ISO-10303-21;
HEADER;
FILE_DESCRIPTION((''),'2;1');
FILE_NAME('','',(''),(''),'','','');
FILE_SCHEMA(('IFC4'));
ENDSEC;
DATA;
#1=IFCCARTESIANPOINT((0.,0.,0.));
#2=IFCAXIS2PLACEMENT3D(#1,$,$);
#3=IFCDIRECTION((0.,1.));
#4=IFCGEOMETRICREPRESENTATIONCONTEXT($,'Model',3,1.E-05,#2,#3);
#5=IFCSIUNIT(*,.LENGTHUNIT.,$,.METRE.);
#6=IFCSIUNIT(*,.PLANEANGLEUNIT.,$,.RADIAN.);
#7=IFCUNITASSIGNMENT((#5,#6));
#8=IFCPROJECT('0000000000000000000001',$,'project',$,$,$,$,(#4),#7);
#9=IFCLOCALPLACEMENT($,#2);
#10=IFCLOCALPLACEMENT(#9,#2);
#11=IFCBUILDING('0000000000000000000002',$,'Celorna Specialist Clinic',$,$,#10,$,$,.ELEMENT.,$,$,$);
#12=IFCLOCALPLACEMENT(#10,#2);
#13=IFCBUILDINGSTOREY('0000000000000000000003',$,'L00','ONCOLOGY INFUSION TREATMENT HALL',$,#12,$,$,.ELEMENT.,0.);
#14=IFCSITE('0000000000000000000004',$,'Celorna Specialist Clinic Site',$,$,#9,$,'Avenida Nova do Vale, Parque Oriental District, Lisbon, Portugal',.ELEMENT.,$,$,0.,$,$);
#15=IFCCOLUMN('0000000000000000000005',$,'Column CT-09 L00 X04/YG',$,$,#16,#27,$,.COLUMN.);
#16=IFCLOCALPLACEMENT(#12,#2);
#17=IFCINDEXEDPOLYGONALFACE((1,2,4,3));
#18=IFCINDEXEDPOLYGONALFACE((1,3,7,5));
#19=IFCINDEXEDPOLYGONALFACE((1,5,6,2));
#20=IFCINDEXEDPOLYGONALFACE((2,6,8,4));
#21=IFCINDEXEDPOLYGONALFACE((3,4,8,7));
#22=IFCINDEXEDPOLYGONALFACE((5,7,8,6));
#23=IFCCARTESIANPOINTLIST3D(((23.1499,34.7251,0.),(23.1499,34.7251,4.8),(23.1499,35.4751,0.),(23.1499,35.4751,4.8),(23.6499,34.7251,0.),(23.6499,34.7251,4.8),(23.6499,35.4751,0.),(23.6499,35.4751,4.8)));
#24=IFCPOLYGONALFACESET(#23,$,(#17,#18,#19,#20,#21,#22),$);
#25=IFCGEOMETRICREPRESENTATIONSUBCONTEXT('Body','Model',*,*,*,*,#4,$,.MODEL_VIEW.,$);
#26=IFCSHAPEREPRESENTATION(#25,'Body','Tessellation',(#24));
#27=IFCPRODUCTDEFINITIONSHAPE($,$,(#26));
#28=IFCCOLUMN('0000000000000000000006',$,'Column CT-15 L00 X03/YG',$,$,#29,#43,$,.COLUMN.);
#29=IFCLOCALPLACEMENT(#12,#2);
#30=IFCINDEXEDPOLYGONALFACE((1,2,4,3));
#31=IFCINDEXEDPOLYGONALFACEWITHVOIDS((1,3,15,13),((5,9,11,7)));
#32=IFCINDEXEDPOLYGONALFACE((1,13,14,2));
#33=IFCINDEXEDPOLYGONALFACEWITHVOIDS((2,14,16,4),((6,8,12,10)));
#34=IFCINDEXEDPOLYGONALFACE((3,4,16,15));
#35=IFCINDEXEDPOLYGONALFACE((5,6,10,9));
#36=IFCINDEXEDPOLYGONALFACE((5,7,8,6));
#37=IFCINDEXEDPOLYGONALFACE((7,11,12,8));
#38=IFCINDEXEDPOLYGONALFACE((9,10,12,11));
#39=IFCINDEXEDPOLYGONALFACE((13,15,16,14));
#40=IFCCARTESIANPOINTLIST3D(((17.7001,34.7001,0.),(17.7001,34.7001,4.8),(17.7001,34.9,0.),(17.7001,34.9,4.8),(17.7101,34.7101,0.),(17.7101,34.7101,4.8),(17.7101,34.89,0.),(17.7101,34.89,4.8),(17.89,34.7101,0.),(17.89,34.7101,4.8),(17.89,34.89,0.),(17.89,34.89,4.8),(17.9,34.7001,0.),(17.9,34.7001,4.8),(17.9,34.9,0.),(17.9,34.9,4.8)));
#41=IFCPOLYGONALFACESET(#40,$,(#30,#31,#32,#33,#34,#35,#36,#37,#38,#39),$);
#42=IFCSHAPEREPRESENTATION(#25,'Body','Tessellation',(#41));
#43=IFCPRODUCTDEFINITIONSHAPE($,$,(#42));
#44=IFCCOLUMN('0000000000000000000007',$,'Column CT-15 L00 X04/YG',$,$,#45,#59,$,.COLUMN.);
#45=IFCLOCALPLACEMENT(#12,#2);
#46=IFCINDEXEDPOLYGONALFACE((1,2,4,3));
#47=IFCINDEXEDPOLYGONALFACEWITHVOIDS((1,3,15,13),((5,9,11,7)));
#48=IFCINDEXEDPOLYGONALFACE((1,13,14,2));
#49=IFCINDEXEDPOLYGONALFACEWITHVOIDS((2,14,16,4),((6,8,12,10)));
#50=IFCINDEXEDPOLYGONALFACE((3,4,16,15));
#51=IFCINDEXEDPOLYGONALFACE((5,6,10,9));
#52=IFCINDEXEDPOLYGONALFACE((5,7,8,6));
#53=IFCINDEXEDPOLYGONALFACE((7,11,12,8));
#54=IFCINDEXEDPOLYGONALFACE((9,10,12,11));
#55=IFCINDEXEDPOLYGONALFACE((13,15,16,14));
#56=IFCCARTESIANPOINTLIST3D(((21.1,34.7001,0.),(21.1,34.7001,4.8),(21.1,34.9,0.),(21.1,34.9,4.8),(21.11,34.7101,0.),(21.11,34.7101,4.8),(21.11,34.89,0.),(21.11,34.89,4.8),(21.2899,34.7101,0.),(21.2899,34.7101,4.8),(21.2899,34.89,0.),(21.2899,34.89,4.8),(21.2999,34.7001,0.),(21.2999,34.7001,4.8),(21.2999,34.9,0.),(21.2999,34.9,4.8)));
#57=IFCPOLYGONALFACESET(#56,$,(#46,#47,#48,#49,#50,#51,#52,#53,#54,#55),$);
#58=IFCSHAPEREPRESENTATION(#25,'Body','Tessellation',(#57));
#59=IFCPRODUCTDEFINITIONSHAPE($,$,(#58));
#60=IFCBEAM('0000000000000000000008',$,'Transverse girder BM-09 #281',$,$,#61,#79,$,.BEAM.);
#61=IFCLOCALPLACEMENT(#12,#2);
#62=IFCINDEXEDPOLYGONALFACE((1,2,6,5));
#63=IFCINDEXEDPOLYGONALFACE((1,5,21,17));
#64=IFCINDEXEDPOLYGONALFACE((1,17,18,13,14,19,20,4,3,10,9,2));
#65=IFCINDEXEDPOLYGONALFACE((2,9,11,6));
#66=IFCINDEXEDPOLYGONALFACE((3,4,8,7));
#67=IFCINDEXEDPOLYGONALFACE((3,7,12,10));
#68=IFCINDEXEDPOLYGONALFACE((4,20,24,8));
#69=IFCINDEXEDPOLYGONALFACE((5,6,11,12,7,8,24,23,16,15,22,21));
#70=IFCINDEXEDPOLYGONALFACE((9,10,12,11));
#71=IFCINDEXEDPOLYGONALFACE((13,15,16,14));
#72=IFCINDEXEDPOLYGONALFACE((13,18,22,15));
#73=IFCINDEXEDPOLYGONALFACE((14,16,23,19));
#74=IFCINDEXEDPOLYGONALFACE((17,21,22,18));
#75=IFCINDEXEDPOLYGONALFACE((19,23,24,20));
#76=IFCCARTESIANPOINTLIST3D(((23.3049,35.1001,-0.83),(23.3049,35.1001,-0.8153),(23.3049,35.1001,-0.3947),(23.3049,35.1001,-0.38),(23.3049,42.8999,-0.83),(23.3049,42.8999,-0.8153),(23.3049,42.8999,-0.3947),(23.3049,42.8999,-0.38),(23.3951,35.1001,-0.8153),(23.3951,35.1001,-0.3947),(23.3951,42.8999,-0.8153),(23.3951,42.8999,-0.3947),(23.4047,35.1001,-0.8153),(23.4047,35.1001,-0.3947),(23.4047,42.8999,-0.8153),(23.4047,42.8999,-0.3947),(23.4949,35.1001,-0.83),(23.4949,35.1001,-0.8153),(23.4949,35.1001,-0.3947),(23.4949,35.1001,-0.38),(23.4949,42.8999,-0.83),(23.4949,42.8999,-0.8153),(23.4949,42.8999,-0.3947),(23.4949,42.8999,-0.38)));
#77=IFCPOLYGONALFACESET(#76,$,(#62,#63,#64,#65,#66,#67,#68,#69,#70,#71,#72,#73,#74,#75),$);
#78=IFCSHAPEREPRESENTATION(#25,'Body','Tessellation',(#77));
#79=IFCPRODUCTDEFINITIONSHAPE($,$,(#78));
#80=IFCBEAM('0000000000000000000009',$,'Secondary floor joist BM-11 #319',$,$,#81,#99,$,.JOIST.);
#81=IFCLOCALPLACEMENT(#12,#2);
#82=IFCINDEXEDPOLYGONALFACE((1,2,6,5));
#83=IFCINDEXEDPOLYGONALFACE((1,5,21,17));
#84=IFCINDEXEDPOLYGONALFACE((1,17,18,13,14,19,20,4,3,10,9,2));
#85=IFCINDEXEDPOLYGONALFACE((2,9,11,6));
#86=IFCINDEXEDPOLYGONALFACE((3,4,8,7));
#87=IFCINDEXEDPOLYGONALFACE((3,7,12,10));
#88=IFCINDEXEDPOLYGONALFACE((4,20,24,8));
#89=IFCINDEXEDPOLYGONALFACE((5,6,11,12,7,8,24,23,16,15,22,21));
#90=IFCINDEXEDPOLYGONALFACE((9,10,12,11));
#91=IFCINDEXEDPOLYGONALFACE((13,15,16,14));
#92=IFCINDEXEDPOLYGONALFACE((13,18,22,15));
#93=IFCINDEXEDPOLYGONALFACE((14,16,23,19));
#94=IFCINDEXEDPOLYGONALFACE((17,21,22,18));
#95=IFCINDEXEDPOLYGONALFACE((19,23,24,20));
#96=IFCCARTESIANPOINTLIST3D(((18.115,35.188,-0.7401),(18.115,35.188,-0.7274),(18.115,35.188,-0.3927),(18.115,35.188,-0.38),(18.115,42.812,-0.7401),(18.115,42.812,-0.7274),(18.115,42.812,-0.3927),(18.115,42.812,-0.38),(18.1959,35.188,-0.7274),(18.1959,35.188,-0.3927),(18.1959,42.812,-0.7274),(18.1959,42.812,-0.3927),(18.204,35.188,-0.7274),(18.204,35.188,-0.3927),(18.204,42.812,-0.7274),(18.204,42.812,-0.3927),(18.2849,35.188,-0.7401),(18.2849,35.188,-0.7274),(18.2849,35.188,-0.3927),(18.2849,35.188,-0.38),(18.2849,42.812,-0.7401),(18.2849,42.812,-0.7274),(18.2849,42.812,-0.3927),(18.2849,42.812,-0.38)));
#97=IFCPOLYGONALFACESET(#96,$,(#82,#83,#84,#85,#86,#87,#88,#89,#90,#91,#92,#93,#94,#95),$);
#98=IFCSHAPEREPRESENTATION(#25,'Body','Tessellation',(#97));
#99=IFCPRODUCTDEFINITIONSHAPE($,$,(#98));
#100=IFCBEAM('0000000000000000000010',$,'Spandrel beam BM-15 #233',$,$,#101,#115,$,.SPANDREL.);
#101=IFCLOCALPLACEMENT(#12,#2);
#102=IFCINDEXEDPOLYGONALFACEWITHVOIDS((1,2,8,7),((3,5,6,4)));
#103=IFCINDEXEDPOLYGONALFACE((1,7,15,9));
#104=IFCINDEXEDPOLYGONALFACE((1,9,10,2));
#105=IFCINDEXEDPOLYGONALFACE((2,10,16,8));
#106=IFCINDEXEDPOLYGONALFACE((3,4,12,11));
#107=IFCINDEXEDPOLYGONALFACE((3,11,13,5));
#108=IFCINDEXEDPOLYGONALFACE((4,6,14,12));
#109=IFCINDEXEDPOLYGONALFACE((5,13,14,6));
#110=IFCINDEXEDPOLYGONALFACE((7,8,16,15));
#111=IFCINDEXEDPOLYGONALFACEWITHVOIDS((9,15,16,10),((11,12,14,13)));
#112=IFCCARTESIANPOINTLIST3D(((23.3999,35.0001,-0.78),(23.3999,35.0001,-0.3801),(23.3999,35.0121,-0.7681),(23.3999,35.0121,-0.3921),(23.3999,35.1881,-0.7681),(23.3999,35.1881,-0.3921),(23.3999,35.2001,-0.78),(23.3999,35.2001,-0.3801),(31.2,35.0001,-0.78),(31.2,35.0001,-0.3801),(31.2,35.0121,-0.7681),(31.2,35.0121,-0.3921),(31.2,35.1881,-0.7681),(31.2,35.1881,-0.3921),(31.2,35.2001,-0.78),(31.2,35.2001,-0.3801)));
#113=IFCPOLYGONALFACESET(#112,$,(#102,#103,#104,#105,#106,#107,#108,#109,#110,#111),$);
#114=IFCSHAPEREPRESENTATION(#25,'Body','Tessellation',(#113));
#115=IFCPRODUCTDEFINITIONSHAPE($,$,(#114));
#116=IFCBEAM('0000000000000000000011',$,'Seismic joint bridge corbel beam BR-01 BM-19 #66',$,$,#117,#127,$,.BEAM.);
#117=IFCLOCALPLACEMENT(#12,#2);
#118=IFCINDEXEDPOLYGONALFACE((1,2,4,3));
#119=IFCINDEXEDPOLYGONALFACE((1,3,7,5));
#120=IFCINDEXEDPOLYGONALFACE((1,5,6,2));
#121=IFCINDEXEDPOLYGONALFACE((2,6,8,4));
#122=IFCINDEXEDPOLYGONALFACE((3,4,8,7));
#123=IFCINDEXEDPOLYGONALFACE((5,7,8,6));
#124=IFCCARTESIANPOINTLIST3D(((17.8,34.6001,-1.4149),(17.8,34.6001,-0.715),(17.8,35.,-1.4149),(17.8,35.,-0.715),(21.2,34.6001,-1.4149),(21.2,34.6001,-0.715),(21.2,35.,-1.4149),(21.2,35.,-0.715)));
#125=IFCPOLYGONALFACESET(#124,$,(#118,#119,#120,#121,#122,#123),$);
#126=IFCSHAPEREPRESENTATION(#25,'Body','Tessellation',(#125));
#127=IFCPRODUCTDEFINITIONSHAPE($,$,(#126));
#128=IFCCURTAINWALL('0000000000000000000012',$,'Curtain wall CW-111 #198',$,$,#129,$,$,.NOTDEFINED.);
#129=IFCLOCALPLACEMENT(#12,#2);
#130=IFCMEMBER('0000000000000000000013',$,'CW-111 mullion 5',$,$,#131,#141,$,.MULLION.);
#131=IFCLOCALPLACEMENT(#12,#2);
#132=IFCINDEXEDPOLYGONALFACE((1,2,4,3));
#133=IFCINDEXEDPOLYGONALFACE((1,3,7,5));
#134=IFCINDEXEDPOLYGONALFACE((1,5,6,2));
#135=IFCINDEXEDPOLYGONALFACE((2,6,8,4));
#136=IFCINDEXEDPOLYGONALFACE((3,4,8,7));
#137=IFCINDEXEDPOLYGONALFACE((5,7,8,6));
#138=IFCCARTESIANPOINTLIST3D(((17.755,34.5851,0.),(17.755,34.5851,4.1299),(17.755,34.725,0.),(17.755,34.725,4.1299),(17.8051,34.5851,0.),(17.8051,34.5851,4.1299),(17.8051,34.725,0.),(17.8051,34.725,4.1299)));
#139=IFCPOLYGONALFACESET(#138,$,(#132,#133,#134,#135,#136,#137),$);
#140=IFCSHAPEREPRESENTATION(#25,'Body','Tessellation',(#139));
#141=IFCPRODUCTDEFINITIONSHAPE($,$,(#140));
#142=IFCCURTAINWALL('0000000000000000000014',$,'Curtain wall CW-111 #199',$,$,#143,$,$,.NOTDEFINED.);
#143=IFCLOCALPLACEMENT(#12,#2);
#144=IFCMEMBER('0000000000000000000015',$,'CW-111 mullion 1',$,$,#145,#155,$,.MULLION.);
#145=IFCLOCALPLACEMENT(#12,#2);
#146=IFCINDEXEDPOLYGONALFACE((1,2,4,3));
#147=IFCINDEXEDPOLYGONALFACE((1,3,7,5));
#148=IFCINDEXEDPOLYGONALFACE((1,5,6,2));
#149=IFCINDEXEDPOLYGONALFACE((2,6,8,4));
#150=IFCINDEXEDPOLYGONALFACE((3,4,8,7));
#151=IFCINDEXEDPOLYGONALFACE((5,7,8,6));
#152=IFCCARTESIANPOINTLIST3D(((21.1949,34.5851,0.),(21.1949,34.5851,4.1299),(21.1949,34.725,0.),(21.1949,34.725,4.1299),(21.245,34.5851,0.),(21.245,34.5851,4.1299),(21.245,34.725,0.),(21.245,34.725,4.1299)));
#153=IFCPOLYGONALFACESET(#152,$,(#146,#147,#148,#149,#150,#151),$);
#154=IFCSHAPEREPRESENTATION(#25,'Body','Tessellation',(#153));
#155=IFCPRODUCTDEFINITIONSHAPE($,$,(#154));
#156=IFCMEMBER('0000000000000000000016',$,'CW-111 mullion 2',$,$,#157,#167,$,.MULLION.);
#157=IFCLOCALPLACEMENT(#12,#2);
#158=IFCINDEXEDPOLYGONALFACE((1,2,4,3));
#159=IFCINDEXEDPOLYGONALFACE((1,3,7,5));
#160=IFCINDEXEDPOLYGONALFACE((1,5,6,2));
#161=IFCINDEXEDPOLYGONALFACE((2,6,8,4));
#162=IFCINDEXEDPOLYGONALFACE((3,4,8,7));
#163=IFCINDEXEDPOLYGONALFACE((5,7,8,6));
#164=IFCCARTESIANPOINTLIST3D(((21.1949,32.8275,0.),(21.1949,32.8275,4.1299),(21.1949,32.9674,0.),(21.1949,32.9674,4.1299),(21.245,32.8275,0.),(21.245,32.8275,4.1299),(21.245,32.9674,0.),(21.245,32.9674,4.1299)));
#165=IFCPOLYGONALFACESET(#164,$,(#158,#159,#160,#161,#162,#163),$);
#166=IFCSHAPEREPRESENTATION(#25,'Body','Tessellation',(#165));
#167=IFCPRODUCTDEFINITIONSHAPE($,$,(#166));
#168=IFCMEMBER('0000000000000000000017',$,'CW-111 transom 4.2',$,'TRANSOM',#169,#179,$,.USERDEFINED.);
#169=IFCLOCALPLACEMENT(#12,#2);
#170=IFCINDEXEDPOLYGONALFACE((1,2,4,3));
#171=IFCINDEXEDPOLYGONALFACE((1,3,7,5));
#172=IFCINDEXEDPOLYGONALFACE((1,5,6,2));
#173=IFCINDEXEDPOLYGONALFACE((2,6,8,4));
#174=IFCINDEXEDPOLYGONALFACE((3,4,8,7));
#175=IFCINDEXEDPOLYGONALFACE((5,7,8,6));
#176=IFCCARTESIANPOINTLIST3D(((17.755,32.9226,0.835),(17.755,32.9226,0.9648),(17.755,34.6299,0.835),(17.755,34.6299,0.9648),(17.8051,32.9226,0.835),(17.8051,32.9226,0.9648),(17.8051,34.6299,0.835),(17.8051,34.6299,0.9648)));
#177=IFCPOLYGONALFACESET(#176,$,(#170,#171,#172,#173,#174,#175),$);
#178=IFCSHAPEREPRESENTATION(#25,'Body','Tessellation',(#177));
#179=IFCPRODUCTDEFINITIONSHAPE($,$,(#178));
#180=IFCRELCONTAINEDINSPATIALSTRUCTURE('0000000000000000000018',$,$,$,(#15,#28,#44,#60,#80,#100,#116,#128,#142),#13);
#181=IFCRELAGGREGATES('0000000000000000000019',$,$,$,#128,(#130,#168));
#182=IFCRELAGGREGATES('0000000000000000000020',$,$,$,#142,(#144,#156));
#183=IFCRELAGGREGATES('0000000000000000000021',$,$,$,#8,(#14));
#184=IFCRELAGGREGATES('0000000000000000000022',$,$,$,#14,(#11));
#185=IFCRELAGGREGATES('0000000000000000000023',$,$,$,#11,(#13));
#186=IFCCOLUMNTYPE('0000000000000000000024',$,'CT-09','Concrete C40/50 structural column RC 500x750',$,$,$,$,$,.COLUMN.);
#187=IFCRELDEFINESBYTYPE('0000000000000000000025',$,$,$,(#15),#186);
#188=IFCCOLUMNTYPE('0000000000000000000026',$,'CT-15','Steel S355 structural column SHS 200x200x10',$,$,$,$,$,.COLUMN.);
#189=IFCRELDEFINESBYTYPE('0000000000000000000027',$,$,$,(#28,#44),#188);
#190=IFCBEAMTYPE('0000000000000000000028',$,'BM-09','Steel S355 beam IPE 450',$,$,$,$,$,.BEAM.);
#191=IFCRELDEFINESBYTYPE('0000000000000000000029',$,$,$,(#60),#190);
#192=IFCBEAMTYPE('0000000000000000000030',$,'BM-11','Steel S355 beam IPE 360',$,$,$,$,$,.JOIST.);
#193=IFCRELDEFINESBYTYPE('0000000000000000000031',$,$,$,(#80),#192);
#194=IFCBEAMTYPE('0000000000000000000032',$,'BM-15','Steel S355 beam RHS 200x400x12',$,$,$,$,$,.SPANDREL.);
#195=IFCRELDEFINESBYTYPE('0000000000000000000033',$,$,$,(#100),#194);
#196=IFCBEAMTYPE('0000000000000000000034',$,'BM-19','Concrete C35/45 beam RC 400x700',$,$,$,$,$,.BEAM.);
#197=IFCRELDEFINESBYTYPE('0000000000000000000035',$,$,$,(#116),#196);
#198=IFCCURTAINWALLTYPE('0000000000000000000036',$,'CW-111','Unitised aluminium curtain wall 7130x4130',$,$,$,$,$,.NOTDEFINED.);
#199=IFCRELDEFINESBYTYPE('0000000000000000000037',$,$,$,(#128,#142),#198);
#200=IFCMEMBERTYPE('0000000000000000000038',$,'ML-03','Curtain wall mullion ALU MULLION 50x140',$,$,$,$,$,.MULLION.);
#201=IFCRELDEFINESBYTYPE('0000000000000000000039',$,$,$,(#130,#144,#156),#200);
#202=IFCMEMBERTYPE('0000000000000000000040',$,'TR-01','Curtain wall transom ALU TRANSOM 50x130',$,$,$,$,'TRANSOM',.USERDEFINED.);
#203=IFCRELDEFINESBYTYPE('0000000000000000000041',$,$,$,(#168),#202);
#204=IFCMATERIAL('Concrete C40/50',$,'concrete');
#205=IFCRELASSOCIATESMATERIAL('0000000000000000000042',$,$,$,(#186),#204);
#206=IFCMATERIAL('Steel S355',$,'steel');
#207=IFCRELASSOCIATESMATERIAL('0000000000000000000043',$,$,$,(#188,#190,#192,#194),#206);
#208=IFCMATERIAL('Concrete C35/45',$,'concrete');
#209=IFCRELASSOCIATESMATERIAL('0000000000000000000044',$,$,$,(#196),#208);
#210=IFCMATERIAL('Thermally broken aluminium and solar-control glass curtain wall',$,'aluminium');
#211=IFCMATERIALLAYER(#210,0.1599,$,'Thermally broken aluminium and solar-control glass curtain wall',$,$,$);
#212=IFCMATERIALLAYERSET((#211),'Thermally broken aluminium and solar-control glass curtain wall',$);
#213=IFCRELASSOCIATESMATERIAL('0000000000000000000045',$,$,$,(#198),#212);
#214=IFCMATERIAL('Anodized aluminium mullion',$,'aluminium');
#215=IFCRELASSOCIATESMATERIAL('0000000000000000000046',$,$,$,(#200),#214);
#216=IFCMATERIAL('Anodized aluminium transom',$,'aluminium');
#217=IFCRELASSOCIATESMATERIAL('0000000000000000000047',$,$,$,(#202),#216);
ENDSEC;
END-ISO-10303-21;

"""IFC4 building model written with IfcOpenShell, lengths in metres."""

from ifc_helpers import new_model, si_unit, direction, frame, origin, origin_2d, place, context, subcontext, project, spatial, rectangle, hollow_rectangle, i_section, extrude, material, layer, layer_set, material_profile, profile_set, type_object, element, aggregate, save


model = new_model("IFC4")

# Units and contexts
model_context = context("Model", 3, precision=1e-05, world=origin(), true_north=direction((0.0, 1.0)))
body_context = subcontext(model_context, "Body", "Model", "MODEL_VIEW")
ifc_project = project(units=[si_unit("LENGTHUNIT", "METRE"), si_unit("PLANEANGLEUNIT", "RADIAN")], contexts=[model_context])

# Site, building, storey
site_placement = place(None, origin())
site = spatial("IfcSite", under=ifc_project, at=site_placement, Name="Celorna Specialist Clinic Site", LongName="Avenida Nova do Vale, Parque Oriental District, Lisbon, Portugal", CompositionType="ELEMENT", RefElevation=0.0)
building_placement = place(site_placement, origin())
building = spatial("IfcBuilding", under=site, at=building_placement, Name="Celorna Specialist Clinic", CompositionType="ELEMENT")
storey_placement = place(building_placement, origin())
storey = spatial("IfcBuildingStorey", under=building, at=storey_placement, Name="L00", Description="ONCOLOGY INFUSION TREATMENT HALL", CompositionType="ELEMENT", Elevation=0.0)

# Columns
ifc_material_1 = material(Name="Concrete C40/50", Category="concrete")
ifc_material_profile_1 = material_profile(ifc_material_1, rectangle(XDim=0.5, YDim=0.75, at=origin_2d()), Name="RC 500x750")
ifc_profile_set_1 = profile_set([ifc_material_profile_1], Name="Concrete C40/50")
column_type_1 = type_object("IfcColumnType", Name="CT-09", Description="Concrete C40/50 structural column RC 500x750", PredefinedType="COLUMN", material=ifc_profile_set_1)
column_placement = place(storey_placement, frame((23.3999, 35.1001, 0.0), z_axis=(0.0, 0.0, 1.0), x_axis=(1.0, 0.0, 0.0)))
element("IfcColumn", 1, at=column_placement, inside=storey, type_object=column_type_1, Name="Column CT-09 L00 X04/YG", PredefinedType="COLUMN", context=body_context, shape_type="SweptSolid", body=[
    extrude(rectangle(XDim=0.5, YDim=0.75, at=origin_2d()), origin(), (0.0, 0.0, 1.0), 4.8),
])
ifc_material_2 = material(Name="Steel S355", Category="steel")
ifc_material_profile_2 = material_profile(ifc_material_2, hollow_rectangle(XDim=0.2, YDim=0.2, WallThickness=0.01, at=origin_2d()), Name="SHS 200x200x10")
ifc_profile_set_2 = profile_set([ifc_material_profile_2], Name="Steel S355")
column_type_2 = type_object("IfcColumnType", Name="CT-15", Description="Steel S355 structural column SHS 200x200x10", PredefinedType="COLUMN", material=ifc_profile_set_2)
for number, where, z_axis, x_axis, name in (
    (2, (17.8, 34.8, 0.0), (0.0, 0.0, 1.0), (1.0, 0.0, 0.0), "Column CT-15 L00 X03/YG"),
    (3, (21.2, 34.8, 0.0), (0.0, 0.0, 1.0), (1.0, 0.0, 0.0), "Column CT-15 L00 X04/YG"),
):
    element("IfcColumn", number, at=place(storey_placement, frame(where, z_axis=z_axis, x_axis=x_axis)), inside=storey, type_object=column_type_2, Name=name, PredefinedType="COLUMN", context=body_context, shape_type="SweptSolid", body=[
        extrude(hollow_rectangle(XDim=0.2, YDim=0.2, WallThickness=0.01, at=origin_2d()), origin(), (0.0, 0.0, 1.0), 4.8),
    ])

# Beams
ifc_material_profile_3 = material_profile(ifc_material_2, i_section(OverallWidth=0.1899, OverallDepth=0.45, WebThickness=0.0095, FlangeThickness=0.0146, at=origin_2d()), Name="IPE 450")
ifc_profile_set_3 = profile_set([ifc_material_profile_3], Name="Steel S355")
beam_type_1 = type_object("IfcBeamType", Name="BM-09", Description="Steel S355 beam IPE 450", PredefinedType="BEAM", material=ifc_profile_set_3)
beam_1_placement = place(storey_placement, frame((23.3999, 35.1001, -0.605), z_axis=(0.0, 1.0, 0.0), x_axis=(-1.0, 0.0, 0.0)))
element("IfcBeam", 4, at=beam_1_placement, inside=storey, type_object=beam_type_1, Name="Transverse girder BM-09 #281", PredefinedType="BEAM", context=body_context, shape_type="SweptSolid", body=[
    extrude(i_section(OverallWidth=0.1899, OverallDepth=0.45, WebThickness=0.0095, FlangeThickness=0.0146, at=origin_2d()), origin(), (0.0, 0.0, 1.0), 7.7998),
])
ifc_material_profile_4 = material_profile(ifc_material_2, i_section(OverallWidth=0.1699, OverallDepth=0.3601, WebThickness=0.0081, FlangeThickness=0.0127, at=origin_2d()), Name="IPE 360")
ifc_profile_set_4 = profile_set([ifc_material_profile_4], Name="Steel S355")
beam_type_2 = type_object("IfcBeamType", Name="BM-11", Description="Steel S355 beam IPE 360", PredefinedType="JOIST", material=ifc_profile_set_4)
beam_2_placement = place(storey_placement, frame((18.2, 35.188, -0.5601), z_axis=(0.0, 1.0, 0.0), x_axis=(-1.0, 0.0, 0.0)))
element("IfcBeam", 5, at=beam_2_placement, inside=storey, type_object=beam_type_2, Name="Secondary floor joist BM-11 #319", PredefinedType="JOIST", context=body_context, shape_type="SweptSolid", body=[
    extrude(i_section(OverallWidth=0.1699, OverallDepth=0.3601, WebThickness=0.0081, FlangeThickness=0.0127, at=origin_2d()), origin(), (0.0, 0.0, 1.0), 7.624),
])
ifc_material_profile_5 = material_profile(ifc_material_2, hollow_rectangle(XDim=0.2, YDim=0.3999, WallThickness=0.012, at=origin_2d()), Name="RHS 200x400x12")
ifc_profile_set_5 = profile_set([ifc_material_profile_5], Name="Steel S355")
beam_type_3 = type_object("IfcBeamType", Name="BM-15", Description="Steel S355 beam RHS 200x400x12", PredefinedType="SPANDREL", material=ifc_profile_set_5)
beam_3_placement = place(storey_placement, frame((23.3999, 35.1001, -0.5801), z_axis=(1.0, 0.0, 0.0), x_axis=(0.0, 1.0, 0.0)))
element("IfcBeam", 6, at=beam_3_placement, inside=storey, type_object=beam_type_3, Name="Spandrel beam BM-15 #233", PredefinedType="SPANDREL", context=body_context, shape_type="SweptSolid", body=[
    extrude(hollow_rectangle(XDim=0.2, YDim=0.3999, WallThickness=0.012, at=origin_2d()), origin(), (0.0, 0.0, 1.0), 7.8),
])
ifc_material_3 = material(Name="Concrete C35/45", Category="concrete")
ifc_material_profile_6 = material_profile(ifc_material_3, rectangle(XDim=0.3999, YDim=0.7, at=origin_2d()), Name="RC 400x700")
ifc_profile_set_6 = profile_set([ifc_material_profile_6], Name="Concrete C35/45")
beam_type_4 = type_object("IfcBeamType", Name="BM-19", Description="Concrete C35/45 beam RC 400x700", PredefinedType="BEAM", material=ifc_profile_set_6)
beam_4_placement = place(storey_placement, frame((17.8, 34.8, -1.0649), z_axis=(1.0, 0.0, 0.0), x_axis=(0.0, 1.0, 0.0)))
element("IfcBeam", 7, at=beam_4_placement, inside=storey, type_object=beam_type_4, Name="Seismic joint bridge corbel beam BR-01 BM-19 #66", PredefinedType="BEAM", context=body_context, shape_type="SweptSolid", body=[
    extrude(rectangle(XDim=0.3999, YDim=0.7, at=origin_2d()), origin(), (0.0, 0.0, 1.0), 3.3999),
])

# Curtain wall, member
ifc_material_4 = material(Name="Thermally broken aluminium and solar-control glass curtain wall", Category="aluminium")
ifc_layer_1 = layer(ifc_material_4, 0.1599, Name="Thermally broken aluminium and solar-control glass curtain wall")
ifc_layer_set_1 = layer_set([ifc_layer_1], Name="Thermally broken aluminium and solar-control glass curtain wall")
curtain_wall_type = type_object("IfcCurtainWallType", Name="CW-111", Description="Unitised aluminium curtain wall 7130x4130", PredefinedType="NOTDEFINED", material=ifc_layer_set_1)
curtain_wall_1_placement = place(storey_placement, origin())
curtain_wall_1 = element("IfcCurtainWall", 8, at=curtain_wall_1_placement, inside=storey, type_object=curtain_wall_type, Name="Curtain wall CW-111 #198", PredefinedType="NOTDEFINED")
ifc_material_5 = material(Name="Anodized aluminium mullion", Category="aluminium")
ifc_material_profile_7 = material_profile(ifc_material_5, rectangle(XDim=0.05, YDim=0.1399, at=origin_2d()), Name="ALU MULLION 50x140")
ifc_profile_set_7 = profile_set([ifc_material_profile_7], Name="Anodized aluminium mullion")
member_type_1 = type_object("IfcMemberType", Name="ML-03", Description="Curtain wall mullion ALU MULLION 50x140", PredefinedType="MULLION", material=ifc_profile_set_7)
member_1_placement = place(storey_placement, frame((17.78, 34.655, 0.0), z_axis=(0.0, 0.0, 1.0), x_axis=(-1.0, 0.0, 0.0)))
member_1 = element("IfcMember", 9, at=member_1_placement, type_object=member_type_1, Name="CW-111 mullion 5", PredefinedType="MULLION", context=body_context, shape_type="SweptSolid", body=[
    extrude(rectangle(XDim=0.05, YDim=0.1399, at=origin_2d()), origin(), (0.0, 0.0, 1.0), 4.1299),
])

# Curtain wall, members
curtain_wall_2_placement = place(storey_placement, origin())
curtain_wall_2 = element("IfcCurtainWall", 10, at=curtain_wall_2_placement, inside=storey, type_object=curtain_wall_type, Name="Curtain wall CW-111 #199", PredefinedType="NOTDEFINED")
member_2_placement = place(storey_placement, frame((21.22, 34.655, 0.0), z_axis=(0.0, 0.0, 1.0), x_axis=(1.0, 0.0, 0.0)))
member_2 = element("IfcMember", 11, at=member_2_placement, type_object=member_type_1, Name="CW-111 mullion 1", PredefinedType="MULLION", context=body_context, shape_type="SweptSolid", body=[
    extrude(rectangle(XDim=0.05, YDim=0.1399, at=origin_2d()), origin(), (0.0, 0.0, 1.0), 4.1299),
])
member_3_placement = place(storey_placement, frame((21.22, 32.8975, 0.0), z_axis=(0.0, 0.0, 1.0), x_axis=(1.0, 0.0, 0.0)))
member_3 = element("IfcMember", 12, at=member_3_placement, type_object=member_type_1, Name="CW-111 mullion 2", PredefinedType="MULLION", context=body_context, shape_type="SweptSolid", body=[
    extrude(rectangle(XDim=0.05, YDim=0.1399, at=origin_2d()), origin(), (0.0, 0.0, 1.0), 4.1299),
])

# Member
ifc_material_6 = material(Name="Anodized aluminium transom", Category="aluminium")
ifc_material_profile_8 = material_profile(ifc_material_6, rectangle(XDim=0.05, YDim=0.1299, at=origin_2d()), Name="ALU TRANSOM 50x130")
ifc_profile_set_8 = profile_set([ifc_material_profile_8], Name="Anodized aluminium transom")
member_type_2 = type_object("IfcMemberType", Name="TR-01", Description="Curtain wall transom ALU TRANSOM 50x130", ElementType="TRANSOM", PredefinedType="USERDEFINED", material=ifc_profile_set_8)
member_4_placement = place(storey_placement, frame((17.78, 32.9226, 0.8999), z_axis=(0.0, 1.0, 0.0), x_axis=(-1.0, 0.0, 0.0)))
member_4 = element("IfcMember", 13, at=member_4_placement, type_object=member_type_2, Name="CW-111 transom 4.2", ObjectType="TRANSOM", PredefinedType="USERDEFINED", context=body_context, shape_type="SweptSolid", body=[
    extrude(rectangle(XDim=0.05, YDim=0.1299, at=origin_2d()), origin(), (0.0, 0.0, 1.0), 1.7073),
])

aggregate(curtain_wall_1, [member_1, member_4])
aggregate(curtain_wall_2, [member_2, member_3])

save(model, "model.ifc")
